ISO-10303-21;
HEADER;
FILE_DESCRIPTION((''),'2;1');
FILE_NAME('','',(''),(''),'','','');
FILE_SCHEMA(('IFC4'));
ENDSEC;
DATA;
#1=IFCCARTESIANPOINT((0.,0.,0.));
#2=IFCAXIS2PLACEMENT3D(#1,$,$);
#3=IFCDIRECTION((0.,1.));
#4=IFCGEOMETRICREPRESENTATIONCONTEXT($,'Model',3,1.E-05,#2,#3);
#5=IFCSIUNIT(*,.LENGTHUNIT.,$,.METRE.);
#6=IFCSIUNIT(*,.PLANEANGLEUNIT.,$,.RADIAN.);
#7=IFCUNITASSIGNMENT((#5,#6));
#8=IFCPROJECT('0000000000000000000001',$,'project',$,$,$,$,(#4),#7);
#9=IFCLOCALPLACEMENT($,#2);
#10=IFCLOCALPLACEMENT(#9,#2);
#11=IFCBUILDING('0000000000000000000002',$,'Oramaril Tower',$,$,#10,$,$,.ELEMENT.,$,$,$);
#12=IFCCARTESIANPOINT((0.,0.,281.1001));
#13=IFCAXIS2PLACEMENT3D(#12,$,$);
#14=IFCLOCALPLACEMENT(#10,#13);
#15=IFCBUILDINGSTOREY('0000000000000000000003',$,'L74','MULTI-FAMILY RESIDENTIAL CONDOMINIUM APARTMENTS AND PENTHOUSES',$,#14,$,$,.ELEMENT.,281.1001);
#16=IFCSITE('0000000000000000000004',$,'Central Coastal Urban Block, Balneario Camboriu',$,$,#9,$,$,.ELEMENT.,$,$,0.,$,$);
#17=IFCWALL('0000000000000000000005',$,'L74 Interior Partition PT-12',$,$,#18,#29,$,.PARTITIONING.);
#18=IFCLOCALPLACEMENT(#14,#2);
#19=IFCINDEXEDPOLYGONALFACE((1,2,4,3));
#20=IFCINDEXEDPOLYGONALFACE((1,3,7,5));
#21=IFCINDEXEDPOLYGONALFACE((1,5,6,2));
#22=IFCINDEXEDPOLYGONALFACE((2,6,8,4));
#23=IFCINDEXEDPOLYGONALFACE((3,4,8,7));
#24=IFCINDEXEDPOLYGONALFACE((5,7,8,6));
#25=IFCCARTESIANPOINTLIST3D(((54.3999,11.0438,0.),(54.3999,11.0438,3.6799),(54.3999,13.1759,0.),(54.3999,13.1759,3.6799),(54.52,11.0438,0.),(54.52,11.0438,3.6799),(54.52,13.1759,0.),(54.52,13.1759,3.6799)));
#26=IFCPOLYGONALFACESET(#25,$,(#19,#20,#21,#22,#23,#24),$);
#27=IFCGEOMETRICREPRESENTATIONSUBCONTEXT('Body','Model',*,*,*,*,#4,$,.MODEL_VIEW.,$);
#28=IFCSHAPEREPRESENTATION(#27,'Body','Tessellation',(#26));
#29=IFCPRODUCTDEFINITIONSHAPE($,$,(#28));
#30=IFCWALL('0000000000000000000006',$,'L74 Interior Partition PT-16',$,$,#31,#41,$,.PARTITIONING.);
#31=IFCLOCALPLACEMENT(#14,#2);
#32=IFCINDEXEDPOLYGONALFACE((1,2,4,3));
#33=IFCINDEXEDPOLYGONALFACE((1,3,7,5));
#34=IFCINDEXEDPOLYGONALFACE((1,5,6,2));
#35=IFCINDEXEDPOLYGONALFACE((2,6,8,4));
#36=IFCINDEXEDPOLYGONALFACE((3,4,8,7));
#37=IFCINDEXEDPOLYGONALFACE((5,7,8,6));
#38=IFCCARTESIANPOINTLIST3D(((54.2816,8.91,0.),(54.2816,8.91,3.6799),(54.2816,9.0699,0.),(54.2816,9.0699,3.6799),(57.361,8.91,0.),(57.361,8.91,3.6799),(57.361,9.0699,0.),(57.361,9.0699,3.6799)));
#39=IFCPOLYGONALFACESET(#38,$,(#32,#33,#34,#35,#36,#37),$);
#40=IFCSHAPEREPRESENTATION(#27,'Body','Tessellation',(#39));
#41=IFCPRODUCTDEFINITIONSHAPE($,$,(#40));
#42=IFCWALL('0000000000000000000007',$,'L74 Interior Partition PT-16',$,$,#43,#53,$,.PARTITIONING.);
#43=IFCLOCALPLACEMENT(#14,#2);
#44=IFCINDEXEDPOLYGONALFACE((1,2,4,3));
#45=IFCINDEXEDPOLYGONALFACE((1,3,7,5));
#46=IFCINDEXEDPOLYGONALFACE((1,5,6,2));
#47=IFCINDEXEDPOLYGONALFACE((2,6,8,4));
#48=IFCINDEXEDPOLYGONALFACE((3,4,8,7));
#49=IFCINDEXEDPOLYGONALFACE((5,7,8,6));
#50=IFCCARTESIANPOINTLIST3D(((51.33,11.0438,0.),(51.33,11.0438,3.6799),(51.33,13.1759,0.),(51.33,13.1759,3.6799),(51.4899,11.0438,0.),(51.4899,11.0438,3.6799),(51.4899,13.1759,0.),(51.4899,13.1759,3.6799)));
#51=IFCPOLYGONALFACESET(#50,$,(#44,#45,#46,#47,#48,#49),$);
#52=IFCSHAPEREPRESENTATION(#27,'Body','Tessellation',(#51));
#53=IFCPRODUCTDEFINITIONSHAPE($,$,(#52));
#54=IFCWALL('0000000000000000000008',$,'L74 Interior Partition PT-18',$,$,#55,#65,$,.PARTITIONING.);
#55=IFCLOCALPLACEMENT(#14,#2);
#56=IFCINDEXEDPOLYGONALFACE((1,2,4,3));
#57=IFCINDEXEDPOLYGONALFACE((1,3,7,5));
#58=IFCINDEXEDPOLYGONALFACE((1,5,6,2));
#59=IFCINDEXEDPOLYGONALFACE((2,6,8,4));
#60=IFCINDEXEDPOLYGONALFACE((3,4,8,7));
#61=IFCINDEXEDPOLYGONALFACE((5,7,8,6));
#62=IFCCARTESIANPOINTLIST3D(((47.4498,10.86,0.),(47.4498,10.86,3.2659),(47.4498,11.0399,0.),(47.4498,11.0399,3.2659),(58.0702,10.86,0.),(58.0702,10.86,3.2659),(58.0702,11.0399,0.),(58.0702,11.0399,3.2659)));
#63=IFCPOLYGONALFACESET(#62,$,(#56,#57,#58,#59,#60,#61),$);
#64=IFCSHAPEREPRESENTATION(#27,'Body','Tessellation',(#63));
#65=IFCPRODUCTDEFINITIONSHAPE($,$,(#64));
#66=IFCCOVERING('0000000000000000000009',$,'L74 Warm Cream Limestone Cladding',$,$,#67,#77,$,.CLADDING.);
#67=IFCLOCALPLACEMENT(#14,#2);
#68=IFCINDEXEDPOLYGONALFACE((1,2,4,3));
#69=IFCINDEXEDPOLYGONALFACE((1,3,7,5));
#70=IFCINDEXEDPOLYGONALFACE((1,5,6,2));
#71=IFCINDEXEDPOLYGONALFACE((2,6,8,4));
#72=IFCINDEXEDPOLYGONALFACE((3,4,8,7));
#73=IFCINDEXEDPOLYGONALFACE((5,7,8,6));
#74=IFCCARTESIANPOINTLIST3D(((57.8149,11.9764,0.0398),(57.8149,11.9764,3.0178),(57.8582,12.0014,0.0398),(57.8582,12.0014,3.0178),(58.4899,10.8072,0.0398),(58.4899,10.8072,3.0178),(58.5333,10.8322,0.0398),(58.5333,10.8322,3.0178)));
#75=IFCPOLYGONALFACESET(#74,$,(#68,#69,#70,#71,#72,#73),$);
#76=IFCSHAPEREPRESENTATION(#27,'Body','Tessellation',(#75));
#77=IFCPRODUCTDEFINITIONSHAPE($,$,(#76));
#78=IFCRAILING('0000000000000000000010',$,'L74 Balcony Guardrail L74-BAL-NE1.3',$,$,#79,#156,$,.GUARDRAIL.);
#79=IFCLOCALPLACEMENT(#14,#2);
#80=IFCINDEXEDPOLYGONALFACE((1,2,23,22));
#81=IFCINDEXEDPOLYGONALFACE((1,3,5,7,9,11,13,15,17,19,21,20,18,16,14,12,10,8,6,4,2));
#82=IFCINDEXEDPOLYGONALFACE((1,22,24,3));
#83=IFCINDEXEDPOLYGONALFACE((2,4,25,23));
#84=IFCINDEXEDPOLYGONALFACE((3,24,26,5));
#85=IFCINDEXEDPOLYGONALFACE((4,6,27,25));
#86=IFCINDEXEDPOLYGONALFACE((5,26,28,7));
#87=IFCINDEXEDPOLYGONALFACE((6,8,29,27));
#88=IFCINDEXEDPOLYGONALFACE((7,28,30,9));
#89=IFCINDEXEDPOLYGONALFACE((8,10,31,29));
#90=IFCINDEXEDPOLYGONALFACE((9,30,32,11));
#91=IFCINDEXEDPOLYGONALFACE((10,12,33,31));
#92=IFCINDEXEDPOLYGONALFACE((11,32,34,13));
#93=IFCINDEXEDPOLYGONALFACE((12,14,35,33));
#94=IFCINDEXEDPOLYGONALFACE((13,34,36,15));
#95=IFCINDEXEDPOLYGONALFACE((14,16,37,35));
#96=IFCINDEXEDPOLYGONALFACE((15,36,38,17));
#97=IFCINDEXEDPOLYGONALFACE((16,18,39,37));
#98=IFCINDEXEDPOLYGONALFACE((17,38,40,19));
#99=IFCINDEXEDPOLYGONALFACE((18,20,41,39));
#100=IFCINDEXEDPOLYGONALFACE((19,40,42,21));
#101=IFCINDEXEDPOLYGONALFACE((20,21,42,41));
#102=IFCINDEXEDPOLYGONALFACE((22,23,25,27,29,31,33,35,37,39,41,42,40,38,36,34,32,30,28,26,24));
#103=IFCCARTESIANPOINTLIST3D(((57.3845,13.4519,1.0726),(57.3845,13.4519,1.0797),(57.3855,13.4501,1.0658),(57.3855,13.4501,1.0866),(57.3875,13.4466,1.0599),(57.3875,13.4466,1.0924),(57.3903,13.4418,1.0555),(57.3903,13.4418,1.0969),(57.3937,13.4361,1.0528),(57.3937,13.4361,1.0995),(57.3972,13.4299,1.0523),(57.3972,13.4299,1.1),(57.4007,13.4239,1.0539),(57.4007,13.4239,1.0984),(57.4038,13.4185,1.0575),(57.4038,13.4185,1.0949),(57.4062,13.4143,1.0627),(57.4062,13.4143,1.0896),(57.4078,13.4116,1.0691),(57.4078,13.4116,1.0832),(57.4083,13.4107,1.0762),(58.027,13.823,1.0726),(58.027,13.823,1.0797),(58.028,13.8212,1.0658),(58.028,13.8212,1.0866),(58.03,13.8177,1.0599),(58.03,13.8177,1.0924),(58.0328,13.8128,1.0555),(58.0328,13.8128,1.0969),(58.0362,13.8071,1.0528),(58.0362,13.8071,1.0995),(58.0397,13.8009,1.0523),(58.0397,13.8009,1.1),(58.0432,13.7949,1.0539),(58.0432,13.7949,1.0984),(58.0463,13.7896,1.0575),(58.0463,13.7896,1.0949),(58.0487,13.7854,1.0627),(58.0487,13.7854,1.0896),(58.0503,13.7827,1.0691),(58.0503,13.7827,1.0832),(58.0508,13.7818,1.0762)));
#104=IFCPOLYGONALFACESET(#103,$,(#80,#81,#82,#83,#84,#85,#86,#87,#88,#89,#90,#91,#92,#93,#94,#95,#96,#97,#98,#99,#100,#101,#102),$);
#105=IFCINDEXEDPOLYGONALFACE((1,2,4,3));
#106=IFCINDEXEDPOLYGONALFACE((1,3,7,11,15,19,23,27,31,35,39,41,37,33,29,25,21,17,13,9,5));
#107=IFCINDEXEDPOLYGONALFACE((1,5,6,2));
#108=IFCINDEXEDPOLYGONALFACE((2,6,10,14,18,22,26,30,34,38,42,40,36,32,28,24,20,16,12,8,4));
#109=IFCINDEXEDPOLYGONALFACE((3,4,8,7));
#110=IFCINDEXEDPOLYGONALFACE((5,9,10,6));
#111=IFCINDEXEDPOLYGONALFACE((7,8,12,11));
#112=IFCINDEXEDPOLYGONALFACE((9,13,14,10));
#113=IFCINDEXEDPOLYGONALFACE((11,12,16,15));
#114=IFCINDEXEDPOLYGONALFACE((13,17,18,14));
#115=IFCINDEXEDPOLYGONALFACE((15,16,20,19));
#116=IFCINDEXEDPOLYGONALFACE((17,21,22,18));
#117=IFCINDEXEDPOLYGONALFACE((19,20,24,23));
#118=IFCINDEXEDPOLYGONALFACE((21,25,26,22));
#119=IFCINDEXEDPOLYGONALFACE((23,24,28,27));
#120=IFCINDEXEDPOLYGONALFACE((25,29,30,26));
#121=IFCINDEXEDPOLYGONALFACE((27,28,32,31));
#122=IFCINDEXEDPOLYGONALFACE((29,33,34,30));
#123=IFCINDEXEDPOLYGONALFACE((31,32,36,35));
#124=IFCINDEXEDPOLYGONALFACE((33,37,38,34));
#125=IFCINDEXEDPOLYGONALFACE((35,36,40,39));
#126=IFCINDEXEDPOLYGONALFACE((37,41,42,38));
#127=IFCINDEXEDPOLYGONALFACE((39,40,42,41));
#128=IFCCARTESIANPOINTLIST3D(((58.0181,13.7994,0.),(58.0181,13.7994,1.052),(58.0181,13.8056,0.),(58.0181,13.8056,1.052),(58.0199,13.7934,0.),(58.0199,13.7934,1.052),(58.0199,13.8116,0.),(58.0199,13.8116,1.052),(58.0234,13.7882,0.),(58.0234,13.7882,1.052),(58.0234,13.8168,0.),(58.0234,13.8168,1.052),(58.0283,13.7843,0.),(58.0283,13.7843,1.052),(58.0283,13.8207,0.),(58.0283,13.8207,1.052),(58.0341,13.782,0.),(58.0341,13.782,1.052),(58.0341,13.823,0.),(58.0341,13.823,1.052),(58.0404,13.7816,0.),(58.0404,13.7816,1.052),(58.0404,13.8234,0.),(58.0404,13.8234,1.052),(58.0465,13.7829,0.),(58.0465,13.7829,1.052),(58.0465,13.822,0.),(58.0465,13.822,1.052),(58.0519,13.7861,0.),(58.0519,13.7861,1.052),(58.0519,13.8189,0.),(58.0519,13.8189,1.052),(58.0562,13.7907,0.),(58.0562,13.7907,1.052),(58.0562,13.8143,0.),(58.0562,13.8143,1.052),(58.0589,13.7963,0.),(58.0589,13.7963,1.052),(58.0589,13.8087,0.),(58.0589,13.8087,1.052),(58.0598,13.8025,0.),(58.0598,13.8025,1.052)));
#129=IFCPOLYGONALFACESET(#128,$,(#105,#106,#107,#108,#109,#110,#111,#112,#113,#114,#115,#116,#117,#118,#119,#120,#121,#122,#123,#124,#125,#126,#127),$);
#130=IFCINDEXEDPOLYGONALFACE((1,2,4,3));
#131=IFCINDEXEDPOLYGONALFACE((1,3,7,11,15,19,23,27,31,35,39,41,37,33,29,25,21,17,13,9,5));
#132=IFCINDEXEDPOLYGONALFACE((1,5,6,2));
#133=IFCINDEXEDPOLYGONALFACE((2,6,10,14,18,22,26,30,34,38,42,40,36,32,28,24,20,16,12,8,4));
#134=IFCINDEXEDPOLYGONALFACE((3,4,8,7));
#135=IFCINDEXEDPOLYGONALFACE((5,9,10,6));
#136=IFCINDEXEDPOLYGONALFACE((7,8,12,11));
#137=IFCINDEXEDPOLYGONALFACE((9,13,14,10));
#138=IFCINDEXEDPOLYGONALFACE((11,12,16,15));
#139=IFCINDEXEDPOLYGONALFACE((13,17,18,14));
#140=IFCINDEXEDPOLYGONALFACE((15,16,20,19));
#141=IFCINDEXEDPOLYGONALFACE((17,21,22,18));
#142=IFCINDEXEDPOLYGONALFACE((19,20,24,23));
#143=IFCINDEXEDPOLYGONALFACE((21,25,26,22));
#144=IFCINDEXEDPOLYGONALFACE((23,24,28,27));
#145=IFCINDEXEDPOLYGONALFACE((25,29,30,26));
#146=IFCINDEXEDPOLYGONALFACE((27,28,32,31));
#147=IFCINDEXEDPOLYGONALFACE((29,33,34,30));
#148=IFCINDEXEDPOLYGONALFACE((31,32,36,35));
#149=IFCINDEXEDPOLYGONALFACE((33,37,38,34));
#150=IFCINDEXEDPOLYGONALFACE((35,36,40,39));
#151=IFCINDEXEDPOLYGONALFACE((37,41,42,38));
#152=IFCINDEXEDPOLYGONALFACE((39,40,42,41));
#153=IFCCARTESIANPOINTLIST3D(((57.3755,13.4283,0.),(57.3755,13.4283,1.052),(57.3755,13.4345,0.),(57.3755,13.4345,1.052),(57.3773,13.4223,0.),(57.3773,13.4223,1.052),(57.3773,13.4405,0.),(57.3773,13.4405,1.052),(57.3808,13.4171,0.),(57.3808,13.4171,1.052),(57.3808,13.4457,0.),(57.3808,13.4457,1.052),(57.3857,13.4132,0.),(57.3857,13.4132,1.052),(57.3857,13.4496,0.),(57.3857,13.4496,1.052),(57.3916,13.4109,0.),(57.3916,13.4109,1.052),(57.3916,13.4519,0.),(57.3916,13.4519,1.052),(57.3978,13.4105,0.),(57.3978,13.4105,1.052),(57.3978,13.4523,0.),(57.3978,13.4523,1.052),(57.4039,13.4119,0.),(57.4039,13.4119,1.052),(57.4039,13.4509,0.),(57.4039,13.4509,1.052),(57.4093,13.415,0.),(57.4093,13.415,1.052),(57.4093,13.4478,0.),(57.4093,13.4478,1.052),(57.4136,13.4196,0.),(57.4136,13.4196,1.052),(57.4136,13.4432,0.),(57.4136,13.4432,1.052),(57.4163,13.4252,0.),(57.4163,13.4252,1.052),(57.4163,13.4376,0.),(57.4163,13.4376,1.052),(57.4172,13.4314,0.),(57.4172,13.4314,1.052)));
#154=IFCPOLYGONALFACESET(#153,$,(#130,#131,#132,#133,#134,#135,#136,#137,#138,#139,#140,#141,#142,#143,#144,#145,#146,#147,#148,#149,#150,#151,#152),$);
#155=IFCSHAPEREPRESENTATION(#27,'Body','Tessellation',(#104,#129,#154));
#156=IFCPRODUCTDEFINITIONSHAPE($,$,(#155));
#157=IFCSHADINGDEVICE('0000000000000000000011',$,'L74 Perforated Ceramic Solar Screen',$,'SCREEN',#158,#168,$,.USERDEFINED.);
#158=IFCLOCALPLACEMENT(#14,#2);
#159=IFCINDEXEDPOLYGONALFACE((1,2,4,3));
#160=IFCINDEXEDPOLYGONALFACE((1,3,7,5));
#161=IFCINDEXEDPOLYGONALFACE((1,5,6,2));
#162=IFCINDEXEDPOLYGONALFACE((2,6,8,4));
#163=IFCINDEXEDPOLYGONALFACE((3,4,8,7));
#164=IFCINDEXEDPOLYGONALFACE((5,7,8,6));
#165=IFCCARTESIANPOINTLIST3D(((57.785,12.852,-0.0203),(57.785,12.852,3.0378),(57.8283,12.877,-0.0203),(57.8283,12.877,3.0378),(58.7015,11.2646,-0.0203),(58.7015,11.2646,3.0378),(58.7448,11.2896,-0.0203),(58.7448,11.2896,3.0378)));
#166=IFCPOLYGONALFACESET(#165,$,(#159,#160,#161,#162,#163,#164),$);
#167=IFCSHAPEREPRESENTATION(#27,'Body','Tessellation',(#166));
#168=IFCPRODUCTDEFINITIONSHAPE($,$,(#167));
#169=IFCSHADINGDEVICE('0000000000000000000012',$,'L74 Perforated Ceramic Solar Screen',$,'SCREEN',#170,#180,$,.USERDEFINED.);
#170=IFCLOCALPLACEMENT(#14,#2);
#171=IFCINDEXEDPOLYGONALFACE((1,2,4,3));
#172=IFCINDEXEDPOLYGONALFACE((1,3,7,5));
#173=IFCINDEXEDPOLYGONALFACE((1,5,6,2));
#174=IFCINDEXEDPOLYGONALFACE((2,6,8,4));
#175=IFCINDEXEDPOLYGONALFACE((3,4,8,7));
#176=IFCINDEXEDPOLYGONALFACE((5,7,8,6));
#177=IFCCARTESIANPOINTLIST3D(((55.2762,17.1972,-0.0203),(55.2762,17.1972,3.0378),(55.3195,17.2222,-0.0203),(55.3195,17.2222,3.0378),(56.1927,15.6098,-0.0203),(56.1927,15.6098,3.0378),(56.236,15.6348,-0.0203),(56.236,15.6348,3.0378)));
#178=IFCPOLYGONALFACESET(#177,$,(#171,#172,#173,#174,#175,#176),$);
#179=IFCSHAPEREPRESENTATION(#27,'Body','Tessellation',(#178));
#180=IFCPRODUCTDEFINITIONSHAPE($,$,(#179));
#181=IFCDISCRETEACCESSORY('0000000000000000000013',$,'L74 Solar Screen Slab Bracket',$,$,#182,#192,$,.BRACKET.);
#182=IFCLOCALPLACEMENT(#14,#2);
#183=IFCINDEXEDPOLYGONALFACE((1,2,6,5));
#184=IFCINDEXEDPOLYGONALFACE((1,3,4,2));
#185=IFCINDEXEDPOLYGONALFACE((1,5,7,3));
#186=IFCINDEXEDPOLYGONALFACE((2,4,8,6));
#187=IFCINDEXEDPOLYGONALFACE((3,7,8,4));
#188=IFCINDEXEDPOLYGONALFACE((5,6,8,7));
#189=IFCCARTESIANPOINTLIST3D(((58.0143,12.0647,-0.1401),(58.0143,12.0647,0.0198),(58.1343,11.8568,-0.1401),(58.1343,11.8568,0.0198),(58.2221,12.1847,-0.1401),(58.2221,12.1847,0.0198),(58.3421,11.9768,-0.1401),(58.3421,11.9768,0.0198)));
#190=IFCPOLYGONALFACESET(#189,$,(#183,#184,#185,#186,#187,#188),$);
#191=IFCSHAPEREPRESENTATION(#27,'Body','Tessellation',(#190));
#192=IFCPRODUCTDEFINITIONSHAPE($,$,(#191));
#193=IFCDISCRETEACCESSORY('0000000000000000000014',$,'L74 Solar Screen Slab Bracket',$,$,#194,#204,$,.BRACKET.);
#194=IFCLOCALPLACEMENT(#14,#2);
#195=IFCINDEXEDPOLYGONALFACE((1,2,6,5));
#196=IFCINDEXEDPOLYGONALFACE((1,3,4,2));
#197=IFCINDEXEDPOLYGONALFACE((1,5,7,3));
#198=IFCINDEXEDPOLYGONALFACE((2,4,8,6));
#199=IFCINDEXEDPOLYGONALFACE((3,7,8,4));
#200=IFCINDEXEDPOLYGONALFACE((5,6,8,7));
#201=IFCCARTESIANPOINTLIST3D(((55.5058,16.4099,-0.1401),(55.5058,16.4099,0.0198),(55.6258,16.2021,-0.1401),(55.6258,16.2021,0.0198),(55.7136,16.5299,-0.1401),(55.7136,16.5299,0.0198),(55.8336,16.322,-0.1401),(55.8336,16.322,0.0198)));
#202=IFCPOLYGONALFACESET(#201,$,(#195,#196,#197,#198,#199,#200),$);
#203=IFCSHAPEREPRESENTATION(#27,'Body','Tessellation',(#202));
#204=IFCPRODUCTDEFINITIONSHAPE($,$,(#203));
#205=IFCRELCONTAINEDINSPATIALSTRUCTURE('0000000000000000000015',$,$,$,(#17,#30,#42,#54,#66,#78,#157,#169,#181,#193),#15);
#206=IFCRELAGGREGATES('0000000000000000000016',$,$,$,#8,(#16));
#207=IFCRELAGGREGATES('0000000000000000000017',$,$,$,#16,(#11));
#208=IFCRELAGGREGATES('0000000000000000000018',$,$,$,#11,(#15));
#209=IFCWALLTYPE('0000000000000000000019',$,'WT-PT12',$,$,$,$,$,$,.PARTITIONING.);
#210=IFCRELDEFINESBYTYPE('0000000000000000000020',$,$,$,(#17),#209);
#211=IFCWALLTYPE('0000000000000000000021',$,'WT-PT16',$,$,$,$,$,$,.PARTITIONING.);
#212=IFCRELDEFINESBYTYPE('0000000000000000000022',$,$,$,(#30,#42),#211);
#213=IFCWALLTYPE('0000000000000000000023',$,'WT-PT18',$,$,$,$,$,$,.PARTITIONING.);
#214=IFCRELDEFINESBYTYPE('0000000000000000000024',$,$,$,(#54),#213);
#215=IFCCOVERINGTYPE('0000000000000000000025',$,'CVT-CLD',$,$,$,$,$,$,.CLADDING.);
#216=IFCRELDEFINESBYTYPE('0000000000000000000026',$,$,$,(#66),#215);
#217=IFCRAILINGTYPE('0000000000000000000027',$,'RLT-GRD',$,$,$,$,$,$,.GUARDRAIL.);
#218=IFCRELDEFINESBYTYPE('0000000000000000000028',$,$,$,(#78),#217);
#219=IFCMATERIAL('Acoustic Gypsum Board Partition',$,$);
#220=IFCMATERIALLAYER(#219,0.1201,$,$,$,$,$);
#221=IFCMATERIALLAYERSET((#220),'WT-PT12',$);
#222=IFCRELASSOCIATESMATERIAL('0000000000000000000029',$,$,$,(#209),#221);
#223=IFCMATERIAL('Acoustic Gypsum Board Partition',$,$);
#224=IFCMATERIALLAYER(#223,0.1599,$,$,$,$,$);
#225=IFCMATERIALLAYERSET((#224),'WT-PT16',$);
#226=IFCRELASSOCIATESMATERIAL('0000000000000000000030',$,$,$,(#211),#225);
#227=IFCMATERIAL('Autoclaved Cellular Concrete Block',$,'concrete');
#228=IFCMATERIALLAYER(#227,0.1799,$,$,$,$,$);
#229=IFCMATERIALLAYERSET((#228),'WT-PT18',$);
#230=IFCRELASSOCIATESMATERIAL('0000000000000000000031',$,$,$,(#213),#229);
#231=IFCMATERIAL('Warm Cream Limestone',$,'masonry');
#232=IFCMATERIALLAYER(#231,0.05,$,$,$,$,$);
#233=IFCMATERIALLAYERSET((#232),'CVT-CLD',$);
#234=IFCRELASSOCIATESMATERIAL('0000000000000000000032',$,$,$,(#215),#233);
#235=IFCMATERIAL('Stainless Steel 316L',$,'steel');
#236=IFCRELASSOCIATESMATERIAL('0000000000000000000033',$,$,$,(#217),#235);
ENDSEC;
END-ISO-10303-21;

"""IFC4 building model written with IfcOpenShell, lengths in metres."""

from ifc_helpers import new_model, si_unit, direction, frame, frame_2d, origin, origin_2d, place, context, subcontext, project, spatial, rectangle, circle, extrude, material, layer, layer_set, type_object, element, save


model = new_model("IFC4")

# Units and contexts
model_context = context("Model", 3, precision=1e-05, world=origin(), true_north=direction((0.0, 1.0)))
body_context = subcontext(model_context, "Body", "Model", "MODEL_VIEW")
ifc_project = project(units=[si_unit("LENGTHUNIT", "METRE"), si_unit("PLANEANGLEUNIT", "RADIAN")], contexts=[model_context])

# Site, building, storey
site_placement = place(None, origin())
site = spatial("IfcSite", under=ifc_project, at=site_placement, Name="Central Coastal Urban Block, Balneario Camboriu", CompositionType="ELEMENT", RefElevation=0.0)
building_placement = place(site_placement, origin())
building = spatial("IfcBuilding", under=site, at=building_placement, Name="Oramaril Tower", CompositionType="ELEMENT")
storey_placement = place(building_placement, frame((0.0, 0.0, 281.1001)))
storey = spatial("IfcBuildingStorey", under=building, at=storey_placement, Name="L74", Description="MULTI-FAMILY RESIDENTIAL CONDOMINIUM APARTMENTS AND PENTHOUSES", CompositionType="ELEMENT", Elevation=281.1001)

# Walls
ifc_material_1 = material(Name="Acoustic Gypsum Board Partition")
ifc_layer_1 = layer(ifc_material_1, 0.1201)
ifc_layer_set_1 = layer_set([ifc_layer_1], Name="WT-PT12")
wall_type_1 = type_object("IfcWallType", Name="WT-PT12", PredefinedType="PARTITIONING", material=ifc_layer_set_1)
wall_1_placement = place(storey_placement, frame((54.46, 11.0439, 0.0), z_axis=(0.0, 0.0, 1.0), x_axis=(0.0, 1.0, 0.0)))
element("IfcWall", 1, at=wall_1_placement, inside=storey, type_object=wall_type_1, Name="L74 Interior Partition PT-12", PredefinedType="PARTITIONING", context=body_context, shape_type="SweptSolid", body=[
    extrude(rectangle(XDim=2.1321, YDim=0.1201, at=frame_2d((1.0659, 0.0))), origin(), (0.0, 0.0, 1.0), 3.6799),
])
ifc_material_2 = material(Name="Acoustic Gypsum Board Partition")
ifc_layer_2 = layer(ifc_material_2, 0.1599)
ifc_layer_set_2 = layer_set([ifc_layer_2], Name="WT-PT16")
wall_type_2 = type_object("IfcWallType", Name="WT-PT16", PredefinedType="PARTITIONING", material=ifc_layer_set_2)
wall_2_placement = place(storey_placement, frame((54.2817, 8.99, 0.0), z_axis=(0.0, 0.0, 1.0), x_axis=(1.0, 0.0, 0.0)))
element("IfcWall", 2, at=wall_2_placement, inside=storey, type_object=wall_type_2, Name="L74 Interior Partition PT-16", PredefinedType="PARTITIONING", context=body_context, shape_type="SweptSolid", body=[
    extrude(rectangle(XDim=3.0793, YDim=0.1599, at=frame_2d((1.5396, 0.0))), origin(), (0.0, 0.0, 1.0), 3.6799),
])
wall_3_placement = place(storey_placement, frame((51.4099, 11.0439, 0.0), z_axis=(0.0, 0.0, 1.0), x_axis=(0.0, 1.0, 0.0)))
element("IfcWall", 3, at=wall_3_placement, inside=storey, type_object=wall_type_2, Name="L74 Interior Partition PT-16", PredefinedType="PARTITIONING", context=body_context, shape_type="SweptSolid", body=[
    extrude(rectangle(XDim=2.1321, YDim=0.1599, at=frame_2d((1.0659, 0.0))), origin(), (0.0, 0.0, 1.0), 3.6799),
])
ifc_material_3 = material(Name="Autoclaved Cellular Concrete Block", Category="concrete")
ifc_layer_3 = layer(ifc_material_3, 0.1799)
ifc_layer_set_3 = layer_set([ifc_layer_3], Name="WT-PT18")
wall_type_3 = type_object("IfcWallType", Name="WT-PT18", PredefinedType="PARTITIONING", material=ifc_layer_set_3)
wall_4_placement = place(storey_placement, frame((47.45, 10.95, 0.0), z_axis=(0.0, 0.0, 1.0), x_axis=(1.0, 0.0, 0.0)))
element("IfcWall", 4, at=wall_4_placement, inside=storey, type_object=wall_type_3, Name="L74 Interior Partition PT-18", PredefinedType="PARTITIONING", context=body_context, shape_type="SweptSolid", body=[
    extrude(rectangle(XDim=10.6204, YDim=0.1799, at=frame_2d((5.3101, 0.0))), origin(), (0.0, 0.0, 1.0), 3.2659),
])

# Covering
ifc_material_4 = material(Name="Warm Cream Limestone", Category="masonry")
ifc_layer_4 = layer(ifc_material_4, 0.05)
ifc_layer_set_4 = layer_set([ifc_layer_4], Name="CVT-CLD")
covering_type = type_object("IfcCoveringType", Name="CVT-CLD", PredefinedType="CLADDING", material=ifc_layer_set_4)
covering_placement = place(storey_placement, frame((58.1741, 11.4043, 0.0398), z_axis=(0.0, 0.0, 1.0), x_axis=(-0.5, 0.866025, 0.0)))
element("IfcCovering", 5, at=covering_placement, inside=storey, type_object=covering_type, Name="L74 Warm Cream Limestone Cladding", PredefinedType="CLADDING", context=body_context, shape_type="SweptSolid", body=[
    extrude(rectangle(XDim=1.3501, YDim=0.05, at=origin_2d()), origin(), (0.0, 0.0, 1.0), 2.978),
])

# Railing
ifc_material_5 = material(Name="Stainless Steel 316L", Category="steel")
railing_type = type_object("IfcRailingType", Name="RLT-GRD", PredefinedType="GUARDRAIL", material=ifc_material_5)
railing_placement = place(storey_placement, frame((58.0388, 13.8025, 0.0)))
element("IfcRailing", 6, at=railing_placement, inside=storey, type_object=railing_type, Name="L74 Balcony Guardrail L74-BAL-NE1.3", PredefinedType="GUARDRAIL", context=body_context, shape_type="SweptSolid", body=[
    extrude(circle(Radius=0.0239, at=origin_2d()), frame((0.0, 0.0, 1.0762), z_axis=(-0.865966, -0.500102, 0.0), x_axis=(0.500102, -0.865966, 0.0)), (0.0, 0.0, 1.0), 0.7419),
    extrude(circle(Radius=0.021, at=origin_2d()), origin(), (0.0, 0.0, 1.0), 1.052),
    extrude(circle(Radius=0.021, at=origin_2d()), frame((-0.6426, -0.3711, 0.0)), (0.0, 0.0, 1.0), 1.052),
])

# Shading devices
for number, where, z_axis, x_axis, name in (
    (7, (58.2649, 12.0708, -0.0203), (0.0, 0.0, 1.0), (-0.5, 0.866025, 0.0), "L74 Perforated Ceramic Solar Screen"),
    (8, (55.7561, 16.416, -0.0203), (0.0, 0.0, 1.0), (-0.5, 0.866025, 0.0), "L74 Perforated Ceramic Solar Screen"),
):
    element("IfcShadingDevice", number, at=place(storey_placement, frame(where, z_axis=z_axis, x_axis=x_axis)), inside=storey, Name=name, ObjectType="SCREEN", PredefinedType="USERDEFINED", context=body_context, shape_type="SweptSolid", body=[
        extrude(rectangle(XDim=1.833, YDim=0.05, at=origin_2d()), origin(), (0.0, 0.0, 1.0), 3.0581),
    ])

# Discrete accessories
for number, where, z_axis, x_axis, name in (
    (9, (58.1782, 12.0208, -0.1401), (0.0, 0.0, 1.0), (-0.5, 0.866025, 0.0), "L74 Solar Screen Slab Bracket"),
    (10, (55.6697, 16.366, -0.1401), (0.0, 0.0, 1.0), (-0.5, 0.866025, 0.0), "L74 Solar Screen Slab Bracket"),
):
    element("IfcDiscreteAccessory", number, at=place(storey_placement, frame(where, z_axis=z_axis, x_axis=x_axis)), inside=storey, Name=name, PredefinedType="BRACKET", context=body_context, shape_type="SweptSolid", body=[
        extrude(rectangle(XDim=0.24, YDim=0.24, at=origin_2d()), origin(), (0.0, 0.0, 1.0), 0.1599),
    ])

save(model, "model.ifc")
